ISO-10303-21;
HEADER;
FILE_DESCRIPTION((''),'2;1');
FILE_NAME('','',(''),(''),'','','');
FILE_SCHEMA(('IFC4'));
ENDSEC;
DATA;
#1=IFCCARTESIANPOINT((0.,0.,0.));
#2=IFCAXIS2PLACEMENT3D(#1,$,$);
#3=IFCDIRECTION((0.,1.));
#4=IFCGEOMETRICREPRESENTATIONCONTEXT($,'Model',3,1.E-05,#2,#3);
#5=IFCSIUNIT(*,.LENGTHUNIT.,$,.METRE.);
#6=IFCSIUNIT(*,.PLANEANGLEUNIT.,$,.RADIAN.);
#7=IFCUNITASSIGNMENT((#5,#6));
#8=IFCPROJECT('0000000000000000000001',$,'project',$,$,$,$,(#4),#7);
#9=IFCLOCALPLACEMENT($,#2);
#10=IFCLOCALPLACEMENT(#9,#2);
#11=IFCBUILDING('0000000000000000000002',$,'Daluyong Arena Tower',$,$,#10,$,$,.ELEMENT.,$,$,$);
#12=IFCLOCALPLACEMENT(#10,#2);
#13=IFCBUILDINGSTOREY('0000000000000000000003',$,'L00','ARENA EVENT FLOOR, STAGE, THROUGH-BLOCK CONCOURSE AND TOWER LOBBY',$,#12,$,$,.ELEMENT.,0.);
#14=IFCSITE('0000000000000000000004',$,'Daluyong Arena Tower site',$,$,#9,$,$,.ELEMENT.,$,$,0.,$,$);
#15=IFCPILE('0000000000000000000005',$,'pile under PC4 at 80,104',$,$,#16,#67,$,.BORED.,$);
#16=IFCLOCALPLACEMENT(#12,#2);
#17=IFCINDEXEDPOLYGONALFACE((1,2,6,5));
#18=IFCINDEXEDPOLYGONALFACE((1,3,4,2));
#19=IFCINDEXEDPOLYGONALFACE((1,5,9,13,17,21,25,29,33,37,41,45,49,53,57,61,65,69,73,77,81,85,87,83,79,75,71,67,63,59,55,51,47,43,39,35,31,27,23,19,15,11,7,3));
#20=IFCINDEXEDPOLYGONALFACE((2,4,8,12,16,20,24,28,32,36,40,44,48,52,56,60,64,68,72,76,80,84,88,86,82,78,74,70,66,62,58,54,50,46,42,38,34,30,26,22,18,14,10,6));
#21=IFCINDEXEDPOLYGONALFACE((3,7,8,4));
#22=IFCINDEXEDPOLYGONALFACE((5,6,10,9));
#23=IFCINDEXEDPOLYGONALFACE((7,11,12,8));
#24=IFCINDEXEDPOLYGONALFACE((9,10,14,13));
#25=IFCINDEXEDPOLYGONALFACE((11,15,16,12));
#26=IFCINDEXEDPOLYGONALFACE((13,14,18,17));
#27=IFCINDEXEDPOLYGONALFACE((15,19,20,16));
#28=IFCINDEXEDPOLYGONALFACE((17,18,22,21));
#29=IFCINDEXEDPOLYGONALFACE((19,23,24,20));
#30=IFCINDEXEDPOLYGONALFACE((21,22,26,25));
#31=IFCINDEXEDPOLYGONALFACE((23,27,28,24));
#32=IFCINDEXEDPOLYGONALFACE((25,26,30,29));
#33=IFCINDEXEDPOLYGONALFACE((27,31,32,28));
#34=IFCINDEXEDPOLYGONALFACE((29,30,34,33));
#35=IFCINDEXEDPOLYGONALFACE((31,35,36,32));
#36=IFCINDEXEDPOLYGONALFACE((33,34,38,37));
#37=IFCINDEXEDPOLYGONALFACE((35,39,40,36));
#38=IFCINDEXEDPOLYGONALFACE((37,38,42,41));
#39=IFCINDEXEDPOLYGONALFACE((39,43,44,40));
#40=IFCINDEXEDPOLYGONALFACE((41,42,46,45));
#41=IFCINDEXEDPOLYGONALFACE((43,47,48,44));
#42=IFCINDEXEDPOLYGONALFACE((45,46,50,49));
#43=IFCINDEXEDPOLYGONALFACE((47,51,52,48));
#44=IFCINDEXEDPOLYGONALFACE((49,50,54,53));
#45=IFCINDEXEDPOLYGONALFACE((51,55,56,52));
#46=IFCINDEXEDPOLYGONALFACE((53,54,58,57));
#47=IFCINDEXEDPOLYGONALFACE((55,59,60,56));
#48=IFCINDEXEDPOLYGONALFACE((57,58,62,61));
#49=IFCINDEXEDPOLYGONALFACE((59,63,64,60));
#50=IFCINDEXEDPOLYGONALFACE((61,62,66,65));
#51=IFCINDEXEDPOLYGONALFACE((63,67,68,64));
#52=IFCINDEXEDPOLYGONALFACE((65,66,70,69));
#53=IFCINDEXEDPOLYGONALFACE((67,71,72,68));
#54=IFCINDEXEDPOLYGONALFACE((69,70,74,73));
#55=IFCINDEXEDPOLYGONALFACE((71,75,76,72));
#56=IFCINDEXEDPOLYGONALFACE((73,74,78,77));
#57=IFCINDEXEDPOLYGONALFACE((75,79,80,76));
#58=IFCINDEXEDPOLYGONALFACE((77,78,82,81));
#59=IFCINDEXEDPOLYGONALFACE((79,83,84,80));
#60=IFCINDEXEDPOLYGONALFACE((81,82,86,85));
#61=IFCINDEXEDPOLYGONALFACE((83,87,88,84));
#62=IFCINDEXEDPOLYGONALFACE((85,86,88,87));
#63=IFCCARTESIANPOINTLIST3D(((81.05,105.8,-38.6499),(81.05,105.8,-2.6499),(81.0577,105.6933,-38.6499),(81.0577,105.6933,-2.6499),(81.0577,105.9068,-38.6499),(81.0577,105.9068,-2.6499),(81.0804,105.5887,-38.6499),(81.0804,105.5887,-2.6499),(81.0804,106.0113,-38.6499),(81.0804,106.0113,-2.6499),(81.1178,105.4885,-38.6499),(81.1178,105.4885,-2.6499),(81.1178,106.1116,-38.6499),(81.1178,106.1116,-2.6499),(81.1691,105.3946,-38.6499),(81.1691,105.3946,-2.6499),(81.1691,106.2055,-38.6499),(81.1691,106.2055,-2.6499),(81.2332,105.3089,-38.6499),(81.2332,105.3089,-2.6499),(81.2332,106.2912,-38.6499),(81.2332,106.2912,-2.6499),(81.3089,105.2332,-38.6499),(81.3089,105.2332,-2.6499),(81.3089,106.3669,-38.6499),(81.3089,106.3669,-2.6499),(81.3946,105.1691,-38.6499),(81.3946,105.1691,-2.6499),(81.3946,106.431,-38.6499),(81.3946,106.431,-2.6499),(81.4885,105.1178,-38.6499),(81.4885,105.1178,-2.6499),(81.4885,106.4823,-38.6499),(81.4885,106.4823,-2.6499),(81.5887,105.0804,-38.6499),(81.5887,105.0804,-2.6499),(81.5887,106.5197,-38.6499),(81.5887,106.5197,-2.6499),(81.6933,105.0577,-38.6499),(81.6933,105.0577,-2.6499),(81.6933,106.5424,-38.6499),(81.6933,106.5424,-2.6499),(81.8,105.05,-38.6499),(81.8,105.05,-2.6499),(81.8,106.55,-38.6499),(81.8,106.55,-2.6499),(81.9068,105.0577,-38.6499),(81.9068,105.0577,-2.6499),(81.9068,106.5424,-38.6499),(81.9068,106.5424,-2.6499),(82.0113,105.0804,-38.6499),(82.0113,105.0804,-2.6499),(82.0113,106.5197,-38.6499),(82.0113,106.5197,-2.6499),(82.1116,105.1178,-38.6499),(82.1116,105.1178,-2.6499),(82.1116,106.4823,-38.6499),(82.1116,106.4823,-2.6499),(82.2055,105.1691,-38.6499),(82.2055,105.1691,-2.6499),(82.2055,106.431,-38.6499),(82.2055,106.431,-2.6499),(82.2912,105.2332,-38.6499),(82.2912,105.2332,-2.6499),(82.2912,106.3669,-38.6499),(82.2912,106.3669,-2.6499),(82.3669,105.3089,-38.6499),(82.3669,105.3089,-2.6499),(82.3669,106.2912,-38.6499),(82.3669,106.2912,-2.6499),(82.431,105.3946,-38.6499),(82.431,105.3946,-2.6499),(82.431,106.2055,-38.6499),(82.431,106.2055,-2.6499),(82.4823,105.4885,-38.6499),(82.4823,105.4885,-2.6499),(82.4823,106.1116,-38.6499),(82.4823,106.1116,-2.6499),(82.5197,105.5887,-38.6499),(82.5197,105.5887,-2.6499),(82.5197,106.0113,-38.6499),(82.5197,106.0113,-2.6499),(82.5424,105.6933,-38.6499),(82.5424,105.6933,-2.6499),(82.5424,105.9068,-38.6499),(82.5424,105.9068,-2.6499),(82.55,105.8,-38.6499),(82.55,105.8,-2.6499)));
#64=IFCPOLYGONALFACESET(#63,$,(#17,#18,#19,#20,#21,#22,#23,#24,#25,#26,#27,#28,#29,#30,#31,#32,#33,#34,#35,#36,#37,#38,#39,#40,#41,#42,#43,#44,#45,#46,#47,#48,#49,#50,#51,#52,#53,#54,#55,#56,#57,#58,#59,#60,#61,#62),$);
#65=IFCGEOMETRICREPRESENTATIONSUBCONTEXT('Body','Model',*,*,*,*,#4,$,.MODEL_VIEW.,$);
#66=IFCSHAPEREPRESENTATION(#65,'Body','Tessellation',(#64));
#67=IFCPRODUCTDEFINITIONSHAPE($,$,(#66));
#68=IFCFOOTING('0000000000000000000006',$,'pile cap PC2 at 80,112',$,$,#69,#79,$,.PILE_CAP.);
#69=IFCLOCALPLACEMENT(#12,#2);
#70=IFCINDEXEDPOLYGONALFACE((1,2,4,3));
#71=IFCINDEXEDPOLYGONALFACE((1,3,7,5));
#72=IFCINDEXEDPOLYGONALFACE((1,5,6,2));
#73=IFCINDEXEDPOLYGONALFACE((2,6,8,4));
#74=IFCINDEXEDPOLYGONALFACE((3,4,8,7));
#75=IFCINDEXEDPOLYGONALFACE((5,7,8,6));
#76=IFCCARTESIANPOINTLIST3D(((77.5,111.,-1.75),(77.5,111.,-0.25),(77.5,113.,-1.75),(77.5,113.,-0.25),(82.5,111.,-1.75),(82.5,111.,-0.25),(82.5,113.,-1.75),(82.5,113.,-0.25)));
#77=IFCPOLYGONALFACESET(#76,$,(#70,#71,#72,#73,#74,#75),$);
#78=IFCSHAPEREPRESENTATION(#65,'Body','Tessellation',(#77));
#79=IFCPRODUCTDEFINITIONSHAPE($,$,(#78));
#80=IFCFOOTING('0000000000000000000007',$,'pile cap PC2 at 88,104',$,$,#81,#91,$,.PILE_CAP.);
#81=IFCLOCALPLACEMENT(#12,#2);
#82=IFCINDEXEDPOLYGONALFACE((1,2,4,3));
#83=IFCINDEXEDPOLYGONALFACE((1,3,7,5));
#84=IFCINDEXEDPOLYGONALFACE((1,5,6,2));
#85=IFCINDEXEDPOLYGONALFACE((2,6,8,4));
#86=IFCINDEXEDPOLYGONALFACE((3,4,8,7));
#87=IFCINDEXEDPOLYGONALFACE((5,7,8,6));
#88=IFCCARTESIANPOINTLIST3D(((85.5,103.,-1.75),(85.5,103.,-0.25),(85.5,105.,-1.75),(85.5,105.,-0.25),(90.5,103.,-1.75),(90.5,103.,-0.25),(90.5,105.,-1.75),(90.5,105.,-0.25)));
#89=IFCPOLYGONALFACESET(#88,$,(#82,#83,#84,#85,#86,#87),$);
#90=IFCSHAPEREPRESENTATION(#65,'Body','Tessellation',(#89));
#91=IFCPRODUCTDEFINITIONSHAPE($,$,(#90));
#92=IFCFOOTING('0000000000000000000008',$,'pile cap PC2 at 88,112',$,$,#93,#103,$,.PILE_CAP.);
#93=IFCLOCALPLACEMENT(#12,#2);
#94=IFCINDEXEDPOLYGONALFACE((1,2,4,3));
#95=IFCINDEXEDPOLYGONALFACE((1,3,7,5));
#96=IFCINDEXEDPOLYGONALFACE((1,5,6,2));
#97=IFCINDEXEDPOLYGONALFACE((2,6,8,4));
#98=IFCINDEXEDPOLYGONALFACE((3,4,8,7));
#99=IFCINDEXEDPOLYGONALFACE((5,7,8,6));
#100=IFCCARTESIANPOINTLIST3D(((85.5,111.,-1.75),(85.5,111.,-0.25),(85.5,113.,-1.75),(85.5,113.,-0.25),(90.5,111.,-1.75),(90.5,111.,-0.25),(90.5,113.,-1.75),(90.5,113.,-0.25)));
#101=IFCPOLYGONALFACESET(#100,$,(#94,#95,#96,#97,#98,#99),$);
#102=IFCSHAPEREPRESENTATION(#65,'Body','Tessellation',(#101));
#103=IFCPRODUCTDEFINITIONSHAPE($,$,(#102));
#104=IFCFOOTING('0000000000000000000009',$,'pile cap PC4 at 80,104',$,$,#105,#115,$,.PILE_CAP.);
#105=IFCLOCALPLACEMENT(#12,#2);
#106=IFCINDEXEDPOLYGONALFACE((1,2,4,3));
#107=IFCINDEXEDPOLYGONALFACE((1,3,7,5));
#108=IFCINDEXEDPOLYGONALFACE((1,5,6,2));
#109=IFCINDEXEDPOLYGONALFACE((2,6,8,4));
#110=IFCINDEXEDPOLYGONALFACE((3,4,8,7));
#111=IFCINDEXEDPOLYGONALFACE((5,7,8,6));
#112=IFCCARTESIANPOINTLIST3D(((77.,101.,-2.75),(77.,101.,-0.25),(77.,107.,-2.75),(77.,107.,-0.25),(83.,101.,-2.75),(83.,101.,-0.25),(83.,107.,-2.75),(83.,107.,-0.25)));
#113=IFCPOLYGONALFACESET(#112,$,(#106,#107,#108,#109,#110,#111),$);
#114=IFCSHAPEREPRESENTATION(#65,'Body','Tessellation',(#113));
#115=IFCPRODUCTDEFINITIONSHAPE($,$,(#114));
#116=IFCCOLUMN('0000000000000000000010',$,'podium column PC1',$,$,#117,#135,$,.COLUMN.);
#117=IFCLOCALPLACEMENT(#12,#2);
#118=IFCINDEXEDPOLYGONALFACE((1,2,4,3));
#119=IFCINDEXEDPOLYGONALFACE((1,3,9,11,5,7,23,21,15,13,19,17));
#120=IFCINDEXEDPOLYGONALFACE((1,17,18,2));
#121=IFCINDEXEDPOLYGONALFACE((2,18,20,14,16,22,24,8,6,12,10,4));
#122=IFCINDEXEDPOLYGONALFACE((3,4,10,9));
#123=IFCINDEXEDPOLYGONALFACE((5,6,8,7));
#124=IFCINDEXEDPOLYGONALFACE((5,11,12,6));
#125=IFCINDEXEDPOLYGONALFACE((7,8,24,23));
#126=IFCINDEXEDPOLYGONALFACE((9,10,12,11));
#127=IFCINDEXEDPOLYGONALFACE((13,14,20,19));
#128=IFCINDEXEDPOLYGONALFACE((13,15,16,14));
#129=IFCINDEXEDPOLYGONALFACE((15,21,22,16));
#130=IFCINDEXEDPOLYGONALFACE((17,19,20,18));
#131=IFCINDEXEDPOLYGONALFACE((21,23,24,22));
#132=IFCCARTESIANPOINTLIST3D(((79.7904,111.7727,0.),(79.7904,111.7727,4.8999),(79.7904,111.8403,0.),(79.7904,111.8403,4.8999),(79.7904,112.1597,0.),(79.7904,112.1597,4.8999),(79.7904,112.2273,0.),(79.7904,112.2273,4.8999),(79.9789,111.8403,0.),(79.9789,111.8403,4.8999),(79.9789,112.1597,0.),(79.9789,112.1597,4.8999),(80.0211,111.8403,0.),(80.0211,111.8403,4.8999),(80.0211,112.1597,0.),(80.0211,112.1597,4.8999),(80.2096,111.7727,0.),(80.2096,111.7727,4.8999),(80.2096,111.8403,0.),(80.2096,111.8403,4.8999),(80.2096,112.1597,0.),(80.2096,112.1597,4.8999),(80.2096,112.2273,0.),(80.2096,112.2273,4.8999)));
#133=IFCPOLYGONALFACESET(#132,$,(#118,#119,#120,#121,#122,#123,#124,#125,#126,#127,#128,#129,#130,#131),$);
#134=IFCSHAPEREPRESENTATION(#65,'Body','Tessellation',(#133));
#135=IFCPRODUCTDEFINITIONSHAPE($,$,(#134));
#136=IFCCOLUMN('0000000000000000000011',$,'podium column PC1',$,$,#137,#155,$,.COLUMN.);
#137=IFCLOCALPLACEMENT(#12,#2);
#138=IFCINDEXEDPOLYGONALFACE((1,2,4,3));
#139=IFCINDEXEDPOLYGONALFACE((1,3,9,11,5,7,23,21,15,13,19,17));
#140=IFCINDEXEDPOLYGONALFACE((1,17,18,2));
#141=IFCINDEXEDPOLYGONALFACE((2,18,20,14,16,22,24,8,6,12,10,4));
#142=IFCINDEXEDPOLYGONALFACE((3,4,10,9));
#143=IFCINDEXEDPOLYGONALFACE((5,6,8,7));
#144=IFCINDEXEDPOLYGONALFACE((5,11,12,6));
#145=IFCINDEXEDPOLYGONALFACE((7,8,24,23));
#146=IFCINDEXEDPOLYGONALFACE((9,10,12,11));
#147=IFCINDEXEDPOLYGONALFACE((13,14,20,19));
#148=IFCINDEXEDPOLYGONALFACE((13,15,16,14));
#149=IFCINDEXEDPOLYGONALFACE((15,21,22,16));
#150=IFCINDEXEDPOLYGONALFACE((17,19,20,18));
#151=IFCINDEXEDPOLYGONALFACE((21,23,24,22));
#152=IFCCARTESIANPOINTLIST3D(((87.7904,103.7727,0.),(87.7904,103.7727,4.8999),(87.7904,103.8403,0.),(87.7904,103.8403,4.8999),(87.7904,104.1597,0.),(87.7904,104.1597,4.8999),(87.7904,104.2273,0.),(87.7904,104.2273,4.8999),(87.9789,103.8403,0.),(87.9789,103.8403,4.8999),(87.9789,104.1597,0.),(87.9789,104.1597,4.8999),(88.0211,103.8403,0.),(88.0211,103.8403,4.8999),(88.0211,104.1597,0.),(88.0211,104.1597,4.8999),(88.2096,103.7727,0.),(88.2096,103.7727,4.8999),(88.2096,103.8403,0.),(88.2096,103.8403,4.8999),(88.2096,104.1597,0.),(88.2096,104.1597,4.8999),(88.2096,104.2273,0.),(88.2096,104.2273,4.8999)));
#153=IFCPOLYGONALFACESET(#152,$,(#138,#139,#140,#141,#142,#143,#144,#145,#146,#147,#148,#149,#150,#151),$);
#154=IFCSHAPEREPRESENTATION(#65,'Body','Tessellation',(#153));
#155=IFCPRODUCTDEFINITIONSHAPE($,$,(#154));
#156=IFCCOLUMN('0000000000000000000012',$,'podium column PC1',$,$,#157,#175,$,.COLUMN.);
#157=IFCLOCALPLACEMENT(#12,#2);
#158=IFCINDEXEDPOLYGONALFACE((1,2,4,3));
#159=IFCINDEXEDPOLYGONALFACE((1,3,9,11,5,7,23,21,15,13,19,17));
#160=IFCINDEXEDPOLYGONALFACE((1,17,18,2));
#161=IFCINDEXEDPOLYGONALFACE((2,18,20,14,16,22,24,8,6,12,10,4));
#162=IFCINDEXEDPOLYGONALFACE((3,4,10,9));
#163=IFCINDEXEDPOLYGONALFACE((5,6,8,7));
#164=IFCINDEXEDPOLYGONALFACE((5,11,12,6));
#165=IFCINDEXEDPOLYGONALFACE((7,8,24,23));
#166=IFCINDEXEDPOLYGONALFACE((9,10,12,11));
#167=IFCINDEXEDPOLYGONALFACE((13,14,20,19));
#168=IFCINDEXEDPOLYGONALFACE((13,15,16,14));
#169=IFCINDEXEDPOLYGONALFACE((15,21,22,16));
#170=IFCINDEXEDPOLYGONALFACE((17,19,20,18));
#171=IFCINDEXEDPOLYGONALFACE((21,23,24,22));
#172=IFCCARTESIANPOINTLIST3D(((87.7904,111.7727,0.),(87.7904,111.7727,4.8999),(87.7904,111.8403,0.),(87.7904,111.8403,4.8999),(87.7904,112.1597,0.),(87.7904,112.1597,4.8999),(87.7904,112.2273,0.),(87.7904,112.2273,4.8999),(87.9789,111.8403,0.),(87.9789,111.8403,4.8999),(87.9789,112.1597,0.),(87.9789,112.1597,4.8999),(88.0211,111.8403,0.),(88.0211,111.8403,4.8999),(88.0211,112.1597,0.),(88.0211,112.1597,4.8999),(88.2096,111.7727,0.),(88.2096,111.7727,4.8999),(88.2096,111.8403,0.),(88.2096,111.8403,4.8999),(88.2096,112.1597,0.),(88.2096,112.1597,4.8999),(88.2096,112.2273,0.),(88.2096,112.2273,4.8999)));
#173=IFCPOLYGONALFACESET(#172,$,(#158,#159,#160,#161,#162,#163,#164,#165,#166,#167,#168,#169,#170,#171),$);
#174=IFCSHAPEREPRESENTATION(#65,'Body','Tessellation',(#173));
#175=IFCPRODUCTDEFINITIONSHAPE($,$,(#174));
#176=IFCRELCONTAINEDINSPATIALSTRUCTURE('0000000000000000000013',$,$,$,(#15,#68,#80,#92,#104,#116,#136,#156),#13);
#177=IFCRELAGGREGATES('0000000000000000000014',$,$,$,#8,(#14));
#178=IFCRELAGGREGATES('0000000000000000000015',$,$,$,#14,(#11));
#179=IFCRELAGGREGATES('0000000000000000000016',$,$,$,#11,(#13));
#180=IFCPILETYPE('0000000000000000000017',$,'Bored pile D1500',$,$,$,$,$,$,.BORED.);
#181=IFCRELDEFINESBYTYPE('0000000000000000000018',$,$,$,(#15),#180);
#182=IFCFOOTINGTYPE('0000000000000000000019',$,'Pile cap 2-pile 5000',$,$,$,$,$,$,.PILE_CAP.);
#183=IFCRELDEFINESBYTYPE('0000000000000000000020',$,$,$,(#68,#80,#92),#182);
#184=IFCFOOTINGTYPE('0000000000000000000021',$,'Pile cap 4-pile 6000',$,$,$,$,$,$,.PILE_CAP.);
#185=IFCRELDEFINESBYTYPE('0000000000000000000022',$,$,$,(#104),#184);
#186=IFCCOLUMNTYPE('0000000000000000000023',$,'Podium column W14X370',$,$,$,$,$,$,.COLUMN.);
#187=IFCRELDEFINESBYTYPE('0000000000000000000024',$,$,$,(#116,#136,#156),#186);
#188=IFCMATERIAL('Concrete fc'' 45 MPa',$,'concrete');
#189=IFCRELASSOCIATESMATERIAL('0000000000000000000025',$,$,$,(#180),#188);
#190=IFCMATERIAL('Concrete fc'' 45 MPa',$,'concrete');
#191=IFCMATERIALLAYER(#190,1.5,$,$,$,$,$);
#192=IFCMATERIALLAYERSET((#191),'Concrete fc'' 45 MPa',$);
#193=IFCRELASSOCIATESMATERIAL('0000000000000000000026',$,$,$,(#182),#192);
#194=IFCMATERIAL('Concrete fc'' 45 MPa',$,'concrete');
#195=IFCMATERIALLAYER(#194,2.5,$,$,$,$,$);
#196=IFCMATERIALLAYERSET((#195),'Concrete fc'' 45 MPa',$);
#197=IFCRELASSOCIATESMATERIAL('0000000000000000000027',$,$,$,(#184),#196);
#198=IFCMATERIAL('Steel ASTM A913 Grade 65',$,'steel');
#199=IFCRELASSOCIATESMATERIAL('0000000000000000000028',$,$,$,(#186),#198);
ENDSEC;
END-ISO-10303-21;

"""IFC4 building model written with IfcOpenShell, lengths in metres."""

from ifc_helpers import new_model, si_unit, direction, frame, origin, origin_2d, place, context, subcontext, project, spatial, rectangle, circle, i_section, extrude, material, layer, layer_set, material_profile, profile_set, type_object, element, save


model = new_model("IFC4")

# Units and contexts
model_context = context("Model", 3, precision=1e-05, world=origin(), true_north=direction((0.0, 1.0)))
body_context = subcontext(model_context, "Body", "Model", "MODEL_VIEW")
ifc_project = project(units=[si_unit("LENGTHUNIT", "METRE"), si_unit("PLANEANGLEUNIT", "RADIAN")], contexts=[model_context])

# Site, building, storey
site_placement = place(None, origin())
site = spatial("IfcSite", under=ifc_project, at=site_placement, Name="Daluyong Arena Tower site", CompositionType="ELEMENT", RefElevation=0.0)
building_placement = place(site_placement, origin())
building = spatial("IfcBuilding", under=site, at=building_placement, Name="Daluyong Arena Tower", CompositionType="ELEMENT")
storey_placement = place(building_placement, origin())
storey = spatial("IfcBuildingStorey", under=building, at=storey_placement, Name="L00", Description="ARENA EVENT FLOOR, STAGE, THROUGH-BLOCK CONCOURSE AND TOWER LOBBY", CompositionType="ELEMENT", Elevation=0.0)

# Pile
ifc_material_1 = material(Name="Concrete fc' 45 MPa", Category="concrete")
pile_type_1 = type_object("IfcPileType", Name="Bored pile D1500", PredefinedType="BORED", material=ifc_material_1)
for number, where, z_axis, x_axis, name in (
    (1, (81.8, 105.8, -2.6499), (0.0, 0.0, -1.0), (1.0, 0.0, 0.0), "pile under PC4 at 80,104"),
):
    element("IfcPile", number, at=place(storey_placement, frame(where, z_axis=z_axis, x_axis=x_axis)), inside=storey, type_object=pile_type_1, Name=name, PredefinedType="BORED", context=body_context, shape_type="SweptSolid", body=[
        extrude(circle(Radius=0.75, at=origin_2d()), origin(), (0.0, 0.0, 1.0), 36.0),
    ])

# Footings
ifc_material_2 = material(Name="Concrete fc' 45 MPa", Category="concrete")
ifc_layer_1 = layer(ifc_material_2, 1.5)
ifc_layer_set_1 = layer_set([ifc_layer_1], Name="Concrete fc' 45 MPa")
footing_type_1 = type_object("IfcFootingType", Name="Pile cap 2-pile 5000", PredefinedType="PILE_CAP", material=ifc_layer_set_1)
for number, where, z_axis, x_axis, name in (
    (2, (80.0, 112.0, -1.75), (0.0, 0.0, 1.0), (1.0, 0.0, 0.0), "pile cap PC2 at 80,112"),
    (3, (88.0, 104.0, -1.75), (0.0, 0.0, 1.0), (1.0, 0.0, 0.0), "pile cap PC2 at 88,104"),
    (4, (88.0, 112.0, -1.75), (0.0, 0.0, 1.0), (1.0, 0.0, 0.0), "pile cap PC2 at 88,112"),
):
    element("IfcFooting", number, at=place(storey_placement, frame(where, z_axis=z_axis, x_axis=x_axis)), inside=storey, type_object=footing_type_1, Name=name, PredefinedType="PILE_CAP", context=body_context, shape_type="SweptSolid", body=[
        extrude(rectangle(XDim=5.0, YDim=2.0, at=origin_2d()), origin(), (0.0, 0.0, 1.0), 1.5),
    ])
ifc_material_3 = material(Name="Concrete fc' 45 MPa", Category="concrete")
ifc_layer_2 = layer(ifc_material_3, 2.5)
ifc_layer_set_2 = layer_set([ifc_layer_2], Name="Concrete fc' 45 MPa")
footing_type_2 = type_object("IfcFootingType", Name="Pile cap 4-pile 6000", PredefinedType="PILE_CAP", material=ifc_layer_set_2)
footing_placement = place(storey_placement, frame((80.0, 104.0, -2.75), z_axis=(0.0, 0.0, 1.0), x_axis=(1.0, 0.0, 0.0)))
element("IfcFooting", 5, at=footing_placement, inside=storey, type_object=footing_type_2, Name="pile cap PC4 at 80,104", PredefinedType="PILE_CAP", context=body_context, shape_type="SweptSolid", body=[
    extrude(rectangle(XDim=6.0, YDim=6.0, at=origin_2d()), origin(), (0.0, 0.0, 1.0), 2.5),
])

# Columns
ifc_material_4 = material(Name="Steel ASTM A913 Grade 65", Category="steel")
ifc_material_profile = material_profile(ifc_material_4, i_section(OverallWidth=0.4192, OverallDepth=0.4546, WebThickness=0.0422, FlangeThickness=0.0676, at=origin_2d()))
ifc_profile_set = profile_set([ifc_material_profile], Name="Steel ASTM A913 Grade 65")
column_type = type_object("IfcColumnType", Name="Podium column W14X370", PredefinedType="COLUMN", material=ifc_profile_set)
for number, where, z_axis, x_axis, name in (
    (6, (80.0, 112.0, 0.0), (0.0, 0.0, 1.0), (1.0, 0.0, 0.0), "podium column PC1"),
    (7, (88.0, 104.0, 0.0), (0.0, 0.0, 1.0), (1.0, 0.0, 0.0), "podium column PC1"),
    (8, (88.0, 112.0, 0.0), (0.0, 0.0, 1.0), (1.0, 0.0, 0.0), "podium column PC1"),
):
    element("IfcColumn", number, at=place(storey_placement, frame(where, z_axis=z_axis, x_axis=x_axis)), inside=storey, type_object=column_type, Name=name, PredefinedType="COLUMN", context=body_context, shape_type="SweptSolid", body=[
        extrude(i_section(OverallWidth=0.4192, OverallDepth=0.4546, WebThickness=0.0422, FlangeThickness=0.0676, at=origin_2d()), origin(), (0.0, 0.0, 1.0), 4.8999),
    ])

save(model, "model.ifc")
